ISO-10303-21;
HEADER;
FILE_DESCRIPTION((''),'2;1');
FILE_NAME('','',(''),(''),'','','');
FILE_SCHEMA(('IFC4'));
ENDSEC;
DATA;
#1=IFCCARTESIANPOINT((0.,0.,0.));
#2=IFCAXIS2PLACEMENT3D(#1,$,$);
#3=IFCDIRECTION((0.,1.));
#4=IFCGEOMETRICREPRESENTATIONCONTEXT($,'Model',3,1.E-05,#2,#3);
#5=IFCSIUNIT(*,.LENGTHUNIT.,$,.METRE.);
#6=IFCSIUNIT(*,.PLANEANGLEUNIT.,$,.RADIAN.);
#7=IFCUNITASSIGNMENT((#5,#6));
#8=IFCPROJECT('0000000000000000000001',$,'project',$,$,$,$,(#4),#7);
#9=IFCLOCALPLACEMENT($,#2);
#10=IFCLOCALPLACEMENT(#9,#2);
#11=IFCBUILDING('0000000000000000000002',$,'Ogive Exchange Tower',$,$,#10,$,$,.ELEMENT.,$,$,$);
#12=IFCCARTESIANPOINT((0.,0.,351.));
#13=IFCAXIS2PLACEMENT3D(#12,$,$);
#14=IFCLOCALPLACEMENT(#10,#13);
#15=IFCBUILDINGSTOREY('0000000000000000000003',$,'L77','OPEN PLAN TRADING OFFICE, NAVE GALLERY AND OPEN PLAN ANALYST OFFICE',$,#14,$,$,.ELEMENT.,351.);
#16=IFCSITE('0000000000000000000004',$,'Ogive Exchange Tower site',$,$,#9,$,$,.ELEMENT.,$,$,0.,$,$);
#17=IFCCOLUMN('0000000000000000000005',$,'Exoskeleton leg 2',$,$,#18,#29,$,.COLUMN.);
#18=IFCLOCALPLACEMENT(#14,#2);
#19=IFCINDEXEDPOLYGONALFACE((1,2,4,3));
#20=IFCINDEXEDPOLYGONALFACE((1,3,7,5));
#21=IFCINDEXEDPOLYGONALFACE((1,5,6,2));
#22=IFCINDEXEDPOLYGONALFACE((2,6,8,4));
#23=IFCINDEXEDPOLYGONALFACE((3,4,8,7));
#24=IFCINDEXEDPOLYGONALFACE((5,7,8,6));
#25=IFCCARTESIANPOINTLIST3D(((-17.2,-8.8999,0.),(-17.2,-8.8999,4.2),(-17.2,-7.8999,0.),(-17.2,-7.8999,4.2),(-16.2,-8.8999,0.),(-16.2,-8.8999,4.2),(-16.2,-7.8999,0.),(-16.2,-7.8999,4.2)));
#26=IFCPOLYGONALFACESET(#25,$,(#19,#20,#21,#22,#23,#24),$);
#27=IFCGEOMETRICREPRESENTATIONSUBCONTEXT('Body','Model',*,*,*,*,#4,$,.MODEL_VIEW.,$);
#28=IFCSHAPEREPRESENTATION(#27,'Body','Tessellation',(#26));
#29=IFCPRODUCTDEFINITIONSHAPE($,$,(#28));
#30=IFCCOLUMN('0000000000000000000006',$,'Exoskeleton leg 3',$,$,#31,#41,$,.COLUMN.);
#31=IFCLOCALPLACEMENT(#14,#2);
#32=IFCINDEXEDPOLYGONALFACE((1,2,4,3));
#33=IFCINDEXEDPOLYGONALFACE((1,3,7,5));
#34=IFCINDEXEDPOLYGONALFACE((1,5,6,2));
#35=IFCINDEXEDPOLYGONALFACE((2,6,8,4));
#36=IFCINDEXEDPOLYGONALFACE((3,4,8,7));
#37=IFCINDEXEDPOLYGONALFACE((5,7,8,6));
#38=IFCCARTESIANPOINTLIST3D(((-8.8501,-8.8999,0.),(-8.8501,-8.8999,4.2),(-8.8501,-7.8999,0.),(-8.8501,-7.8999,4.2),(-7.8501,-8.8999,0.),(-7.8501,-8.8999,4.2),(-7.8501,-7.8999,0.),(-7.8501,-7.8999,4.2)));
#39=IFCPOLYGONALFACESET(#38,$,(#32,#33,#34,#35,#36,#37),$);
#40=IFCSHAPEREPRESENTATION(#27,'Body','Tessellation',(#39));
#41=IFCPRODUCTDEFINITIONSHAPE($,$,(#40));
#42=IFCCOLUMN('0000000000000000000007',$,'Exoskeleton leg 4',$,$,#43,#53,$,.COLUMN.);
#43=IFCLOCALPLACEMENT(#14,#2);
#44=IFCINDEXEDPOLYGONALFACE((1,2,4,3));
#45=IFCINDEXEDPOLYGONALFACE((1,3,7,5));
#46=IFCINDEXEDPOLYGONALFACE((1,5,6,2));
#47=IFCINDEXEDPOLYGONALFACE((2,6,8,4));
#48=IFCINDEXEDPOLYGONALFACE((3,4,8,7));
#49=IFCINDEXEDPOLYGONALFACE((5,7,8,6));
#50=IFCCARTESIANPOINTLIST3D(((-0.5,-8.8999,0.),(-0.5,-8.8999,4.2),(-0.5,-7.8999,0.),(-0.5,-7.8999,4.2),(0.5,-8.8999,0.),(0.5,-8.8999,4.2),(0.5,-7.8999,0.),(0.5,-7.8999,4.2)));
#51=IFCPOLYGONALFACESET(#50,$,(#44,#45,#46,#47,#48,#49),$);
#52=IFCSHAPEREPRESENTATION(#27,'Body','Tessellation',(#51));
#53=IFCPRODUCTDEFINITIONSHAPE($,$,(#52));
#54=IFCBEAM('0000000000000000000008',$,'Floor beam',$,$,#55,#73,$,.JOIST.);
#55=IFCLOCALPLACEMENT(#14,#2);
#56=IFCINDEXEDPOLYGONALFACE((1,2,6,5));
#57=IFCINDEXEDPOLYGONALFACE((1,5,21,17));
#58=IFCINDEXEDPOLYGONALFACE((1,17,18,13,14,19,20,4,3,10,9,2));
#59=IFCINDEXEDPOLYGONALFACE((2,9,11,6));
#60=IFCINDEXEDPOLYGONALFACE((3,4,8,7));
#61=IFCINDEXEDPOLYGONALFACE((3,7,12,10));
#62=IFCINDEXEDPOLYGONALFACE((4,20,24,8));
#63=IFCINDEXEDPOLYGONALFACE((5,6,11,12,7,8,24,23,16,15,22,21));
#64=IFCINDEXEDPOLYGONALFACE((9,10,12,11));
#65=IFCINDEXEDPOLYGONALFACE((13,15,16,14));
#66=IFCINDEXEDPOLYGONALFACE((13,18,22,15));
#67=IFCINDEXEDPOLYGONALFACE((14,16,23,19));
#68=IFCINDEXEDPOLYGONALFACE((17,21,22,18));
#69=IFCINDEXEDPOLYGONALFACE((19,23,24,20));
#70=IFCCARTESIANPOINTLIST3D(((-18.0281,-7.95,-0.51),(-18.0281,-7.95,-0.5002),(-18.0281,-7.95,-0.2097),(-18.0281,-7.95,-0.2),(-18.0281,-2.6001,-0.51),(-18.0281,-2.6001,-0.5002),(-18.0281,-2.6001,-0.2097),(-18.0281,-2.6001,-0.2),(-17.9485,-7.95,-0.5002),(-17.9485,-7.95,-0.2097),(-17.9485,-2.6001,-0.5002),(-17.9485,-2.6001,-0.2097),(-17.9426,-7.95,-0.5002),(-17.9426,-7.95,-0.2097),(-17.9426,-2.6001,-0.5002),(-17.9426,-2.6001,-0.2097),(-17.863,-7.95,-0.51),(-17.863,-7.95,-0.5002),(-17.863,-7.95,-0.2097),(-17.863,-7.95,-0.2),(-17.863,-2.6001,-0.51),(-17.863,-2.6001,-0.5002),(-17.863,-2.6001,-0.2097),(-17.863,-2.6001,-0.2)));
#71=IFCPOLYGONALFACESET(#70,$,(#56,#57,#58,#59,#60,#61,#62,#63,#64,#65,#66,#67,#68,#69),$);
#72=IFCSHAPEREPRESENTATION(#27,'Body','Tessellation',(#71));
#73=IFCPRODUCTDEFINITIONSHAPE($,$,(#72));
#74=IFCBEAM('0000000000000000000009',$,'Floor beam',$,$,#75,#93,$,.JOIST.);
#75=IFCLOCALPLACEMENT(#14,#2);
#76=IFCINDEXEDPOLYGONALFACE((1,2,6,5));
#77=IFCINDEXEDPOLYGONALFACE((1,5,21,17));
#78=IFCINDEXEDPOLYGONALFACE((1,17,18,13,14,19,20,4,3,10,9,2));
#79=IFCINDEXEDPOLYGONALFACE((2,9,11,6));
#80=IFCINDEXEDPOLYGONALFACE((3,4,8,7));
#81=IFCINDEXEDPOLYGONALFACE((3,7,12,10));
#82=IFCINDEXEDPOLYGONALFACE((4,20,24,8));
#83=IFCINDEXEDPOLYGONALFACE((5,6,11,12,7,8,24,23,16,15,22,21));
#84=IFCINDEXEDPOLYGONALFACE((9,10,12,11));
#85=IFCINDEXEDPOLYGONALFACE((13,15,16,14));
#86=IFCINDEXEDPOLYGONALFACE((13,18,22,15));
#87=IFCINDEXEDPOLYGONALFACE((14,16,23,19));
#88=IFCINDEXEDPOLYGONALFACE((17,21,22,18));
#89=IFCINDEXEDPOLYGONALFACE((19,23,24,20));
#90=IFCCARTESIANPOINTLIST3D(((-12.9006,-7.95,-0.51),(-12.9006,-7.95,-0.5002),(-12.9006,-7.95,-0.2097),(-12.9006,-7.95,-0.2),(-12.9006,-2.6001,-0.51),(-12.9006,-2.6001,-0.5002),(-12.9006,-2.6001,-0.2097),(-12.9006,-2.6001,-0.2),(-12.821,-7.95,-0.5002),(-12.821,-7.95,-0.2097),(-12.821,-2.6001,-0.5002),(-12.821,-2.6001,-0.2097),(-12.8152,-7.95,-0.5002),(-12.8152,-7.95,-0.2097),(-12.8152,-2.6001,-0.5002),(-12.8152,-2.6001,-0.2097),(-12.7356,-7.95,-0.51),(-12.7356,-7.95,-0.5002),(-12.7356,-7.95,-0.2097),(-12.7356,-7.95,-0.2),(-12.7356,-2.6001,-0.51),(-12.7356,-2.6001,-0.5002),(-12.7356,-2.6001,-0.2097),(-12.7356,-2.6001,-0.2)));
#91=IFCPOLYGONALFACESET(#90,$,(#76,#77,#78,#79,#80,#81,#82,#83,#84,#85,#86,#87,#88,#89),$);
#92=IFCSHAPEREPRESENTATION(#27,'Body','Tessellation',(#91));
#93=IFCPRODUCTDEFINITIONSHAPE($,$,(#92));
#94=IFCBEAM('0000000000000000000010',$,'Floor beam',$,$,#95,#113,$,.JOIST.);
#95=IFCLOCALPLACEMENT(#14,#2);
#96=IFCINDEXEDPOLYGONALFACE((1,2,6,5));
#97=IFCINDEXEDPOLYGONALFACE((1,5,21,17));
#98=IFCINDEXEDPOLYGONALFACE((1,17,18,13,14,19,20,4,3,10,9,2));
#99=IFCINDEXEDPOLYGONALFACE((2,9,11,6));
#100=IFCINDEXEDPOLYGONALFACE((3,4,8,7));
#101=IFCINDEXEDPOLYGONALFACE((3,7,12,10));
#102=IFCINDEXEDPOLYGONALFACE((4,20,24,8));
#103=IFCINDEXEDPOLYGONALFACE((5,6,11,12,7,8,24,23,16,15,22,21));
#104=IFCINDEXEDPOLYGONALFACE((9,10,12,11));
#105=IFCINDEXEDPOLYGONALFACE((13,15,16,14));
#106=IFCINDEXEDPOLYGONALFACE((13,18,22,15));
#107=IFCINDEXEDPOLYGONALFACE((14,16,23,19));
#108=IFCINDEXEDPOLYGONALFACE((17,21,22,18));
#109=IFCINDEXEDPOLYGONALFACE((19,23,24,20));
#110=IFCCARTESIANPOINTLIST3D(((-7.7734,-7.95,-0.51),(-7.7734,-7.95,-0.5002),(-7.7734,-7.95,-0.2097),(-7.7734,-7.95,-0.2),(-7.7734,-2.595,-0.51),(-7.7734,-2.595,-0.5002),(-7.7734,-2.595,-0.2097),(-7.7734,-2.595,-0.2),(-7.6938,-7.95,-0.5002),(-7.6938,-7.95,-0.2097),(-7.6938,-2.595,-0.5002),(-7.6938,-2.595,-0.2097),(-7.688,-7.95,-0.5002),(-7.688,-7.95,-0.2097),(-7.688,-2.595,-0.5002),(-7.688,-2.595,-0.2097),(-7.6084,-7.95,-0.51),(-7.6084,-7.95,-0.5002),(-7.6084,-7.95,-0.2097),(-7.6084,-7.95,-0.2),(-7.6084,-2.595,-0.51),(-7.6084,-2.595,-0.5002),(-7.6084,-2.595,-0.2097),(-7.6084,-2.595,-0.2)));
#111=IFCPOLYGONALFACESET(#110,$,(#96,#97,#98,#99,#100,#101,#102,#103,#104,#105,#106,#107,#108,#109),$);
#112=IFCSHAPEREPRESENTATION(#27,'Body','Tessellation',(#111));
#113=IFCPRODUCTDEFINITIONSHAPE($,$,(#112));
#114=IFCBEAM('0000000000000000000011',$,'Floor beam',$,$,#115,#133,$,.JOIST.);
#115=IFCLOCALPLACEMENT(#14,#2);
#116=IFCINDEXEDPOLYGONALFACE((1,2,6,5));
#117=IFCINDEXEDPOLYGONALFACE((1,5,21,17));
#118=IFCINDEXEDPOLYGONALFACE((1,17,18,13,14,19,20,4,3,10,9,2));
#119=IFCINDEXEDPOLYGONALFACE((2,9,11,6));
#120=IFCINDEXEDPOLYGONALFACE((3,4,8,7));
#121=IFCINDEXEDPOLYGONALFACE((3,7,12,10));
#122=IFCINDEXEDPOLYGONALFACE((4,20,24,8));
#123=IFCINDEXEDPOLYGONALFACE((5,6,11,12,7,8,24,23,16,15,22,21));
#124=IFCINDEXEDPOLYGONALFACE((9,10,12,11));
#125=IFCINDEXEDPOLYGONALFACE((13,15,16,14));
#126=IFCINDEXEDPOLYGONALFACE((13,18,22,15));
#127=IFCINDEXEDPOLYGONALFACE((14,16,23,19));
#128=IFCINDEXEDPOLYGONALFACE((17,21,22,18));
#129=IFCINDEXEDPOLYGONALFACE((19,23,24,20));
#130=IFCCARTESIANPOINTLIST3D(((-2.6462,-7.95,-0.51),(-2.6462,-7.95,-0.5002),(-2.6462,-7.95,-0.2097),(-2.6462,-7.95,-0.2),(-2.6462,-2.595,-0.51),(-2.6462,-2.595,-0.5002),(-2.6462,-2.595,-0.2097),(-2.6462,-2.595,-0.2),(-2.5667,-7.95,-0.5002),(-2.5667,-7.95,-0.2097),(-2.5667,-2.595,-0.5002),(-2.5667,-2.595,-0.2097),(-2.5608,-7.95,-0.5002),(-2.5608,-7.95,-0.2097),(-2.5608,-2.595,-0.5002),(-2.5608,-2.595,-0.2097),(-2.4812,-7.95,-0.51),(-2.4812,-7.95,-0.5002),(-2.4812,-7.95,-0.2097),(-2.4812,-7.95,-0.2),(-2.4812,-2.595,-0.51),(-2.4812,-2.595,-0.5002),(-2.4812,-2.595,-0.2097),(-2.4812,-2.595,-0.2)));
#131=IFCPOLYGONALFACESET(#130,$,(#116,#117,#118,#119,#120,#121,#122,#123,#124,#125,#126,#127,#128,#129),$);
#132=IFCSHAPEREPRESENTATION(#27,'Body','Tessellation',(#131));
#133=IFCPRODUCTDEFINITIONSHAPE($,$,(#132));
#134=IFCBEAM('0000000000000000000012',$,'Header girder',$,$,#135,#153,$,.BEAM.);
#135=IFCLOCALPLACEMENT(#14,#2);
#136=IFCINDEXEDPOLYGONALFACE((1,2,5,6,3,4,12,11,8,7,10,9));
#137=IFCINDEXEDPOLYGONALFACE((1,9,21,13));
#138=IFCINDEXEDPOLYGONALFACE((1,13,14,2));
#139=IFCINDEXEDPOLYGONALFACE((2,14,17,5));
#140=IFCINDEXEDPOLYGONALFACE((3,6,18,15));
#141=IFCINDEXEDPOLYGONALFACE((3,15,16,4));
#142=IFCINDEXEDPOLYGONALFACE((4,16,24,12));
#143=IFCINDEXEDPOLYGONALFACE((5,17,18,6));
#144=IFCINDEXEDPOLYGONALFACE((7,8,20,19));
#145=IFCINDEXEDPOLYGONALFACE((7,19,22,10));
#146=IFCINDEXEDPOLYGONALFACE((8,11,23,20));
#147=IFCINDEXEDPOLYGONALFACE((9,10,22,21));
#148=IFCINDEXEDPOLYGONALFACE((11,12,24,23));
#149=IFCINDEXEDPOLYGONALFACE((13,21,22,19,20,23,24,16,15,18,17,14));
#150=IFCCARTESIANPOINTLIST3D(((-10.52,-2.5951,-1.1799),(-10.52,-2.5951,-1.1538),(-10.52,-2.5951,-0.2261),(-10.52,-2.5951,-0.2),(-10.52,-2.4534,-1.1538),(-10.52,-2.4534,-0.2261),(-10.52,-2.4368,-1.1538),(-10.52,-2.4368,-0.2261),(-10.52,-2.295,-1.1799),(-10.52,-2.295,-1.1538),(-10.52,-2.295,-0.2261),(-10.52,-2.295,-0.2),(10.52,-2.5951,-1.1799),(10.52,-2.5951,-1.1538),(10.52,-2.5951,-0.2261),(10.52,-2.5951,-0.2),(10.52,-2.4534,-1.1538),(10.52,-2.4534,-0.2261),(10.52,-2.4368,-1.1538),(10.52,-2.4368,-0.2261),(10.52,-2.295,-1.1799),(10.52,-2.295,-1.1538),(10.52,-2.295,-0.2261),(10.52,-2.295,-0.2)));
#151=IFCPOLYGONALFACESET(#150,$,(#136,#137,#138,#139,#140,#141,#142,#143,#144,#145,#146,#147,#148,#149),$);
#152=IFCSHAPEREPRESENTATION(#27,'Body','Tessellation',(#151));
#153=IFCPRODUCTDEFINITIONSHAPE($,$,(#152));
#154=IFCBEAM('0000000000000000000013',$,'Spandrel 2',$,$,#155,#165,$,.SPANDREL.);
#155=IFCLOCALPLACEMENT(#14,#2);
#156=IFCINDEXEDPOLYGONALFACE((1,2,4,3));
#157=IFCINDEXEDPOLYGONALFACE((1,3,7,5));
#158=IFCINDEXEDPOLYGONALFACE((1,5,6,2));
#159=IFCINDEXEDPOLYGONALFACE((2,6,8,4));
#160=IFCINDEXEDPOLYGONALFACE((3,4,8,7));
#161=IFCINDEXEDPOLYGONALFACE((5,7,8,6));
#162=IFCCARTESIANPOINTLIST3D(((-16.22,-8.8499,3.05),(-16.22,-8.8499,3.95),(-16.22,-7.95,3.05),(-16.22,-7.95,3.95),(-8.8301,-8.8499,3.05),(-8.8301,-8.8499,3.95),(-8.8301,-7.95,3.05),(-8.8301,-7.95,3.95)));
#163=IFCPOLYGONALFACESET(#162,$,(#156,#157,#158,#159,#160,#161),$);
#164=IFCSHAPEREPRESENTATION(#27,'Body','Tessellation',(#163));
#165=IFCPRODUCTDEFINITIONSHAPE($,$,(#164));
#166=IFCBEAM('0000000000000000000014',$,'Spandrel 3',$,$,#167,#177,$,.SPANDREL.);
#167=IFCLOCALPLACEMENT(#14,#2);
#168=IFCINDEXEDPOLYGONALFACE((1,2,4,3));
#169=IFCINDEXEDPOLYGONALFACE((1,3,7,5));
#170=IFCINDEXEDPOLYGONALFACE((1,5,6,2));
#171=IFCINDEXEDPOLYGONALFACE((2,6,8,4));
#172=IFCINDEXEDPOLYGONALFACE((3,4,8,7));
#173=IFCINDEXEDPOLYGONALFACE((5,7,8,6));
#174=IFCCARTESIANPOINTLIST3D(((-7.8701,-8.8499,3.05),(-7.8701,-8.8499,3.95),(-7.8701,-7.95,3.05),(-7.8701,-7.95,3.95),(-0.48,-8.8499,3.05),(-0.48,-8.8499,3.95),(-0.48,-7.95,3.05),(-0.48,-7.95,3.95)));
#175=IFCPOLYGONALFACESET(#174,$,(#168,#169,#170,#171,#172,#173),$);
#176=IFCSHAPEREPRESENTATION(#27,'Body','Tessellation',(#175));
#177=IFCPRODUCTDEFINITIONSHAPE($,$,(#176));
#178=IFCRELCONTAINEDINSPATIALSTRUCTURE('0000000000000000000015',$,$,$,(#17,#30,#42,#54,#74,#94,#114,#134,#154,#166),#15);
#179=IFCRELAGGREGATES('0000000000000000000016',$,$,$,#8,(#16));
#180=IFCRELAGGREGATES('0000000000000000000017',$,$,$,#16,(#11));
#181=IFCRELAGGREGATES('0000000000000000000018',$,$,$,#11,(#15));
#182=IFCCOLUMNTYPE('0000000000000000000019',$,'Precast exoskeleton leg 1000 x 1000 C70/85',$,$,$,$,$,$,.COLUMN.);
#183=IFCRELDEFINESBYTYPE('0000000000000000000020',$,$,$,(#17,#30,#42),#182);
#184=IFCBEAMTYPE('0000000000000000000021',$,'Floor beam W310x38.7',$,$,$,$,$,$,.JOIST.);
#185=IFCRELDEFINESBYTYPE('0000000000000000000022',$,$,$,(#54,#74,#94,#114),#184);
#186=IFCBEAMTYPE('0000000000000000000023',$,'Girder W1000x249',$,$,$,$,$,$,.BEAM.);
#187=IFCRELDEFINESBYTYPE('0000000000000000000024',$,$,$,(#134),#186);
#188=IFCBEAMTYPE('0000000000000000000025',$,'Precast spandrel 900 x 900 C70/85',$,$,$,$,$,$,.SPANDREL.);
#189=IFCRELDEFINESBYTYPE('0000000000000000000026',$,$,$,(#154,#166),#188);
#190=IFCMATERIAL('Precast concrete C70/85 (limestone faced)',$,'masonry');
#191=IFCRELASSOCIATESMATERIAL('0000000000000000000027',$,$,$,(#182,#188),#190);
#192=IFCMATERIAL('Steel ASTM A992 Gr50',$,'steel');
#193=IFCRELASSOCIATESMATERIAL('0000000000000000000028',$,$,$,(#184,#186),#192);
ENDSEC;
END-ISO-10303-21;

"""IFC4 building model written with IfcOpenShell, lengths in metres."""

from ifc_helpers import new_model, si_unit, direction, frame, origin, origin_2d, place, context, subcontext, project, spatial, rectangle, i_section, extrude, material, material_profile, profile_set, type_object, element, save


model = new_model("IFC4")

# Units and contexts
model_context = context("Model", 3, precision=1e-05, world=origin(), true_north=direction((0.0, 1.0)))
body_context = subcontext(model_context, "Body", "Model", "MODEL_VIEW")
ifc_project = project(units=[si_unit("LENGTHUNIT", "METRE"), si_unit("PLANEANGLEUNIT", "RADIAN")], contexts=[model_context])

# Site, building, storey
site_placement = place(None, origin())
site = spatial("IfcSite", under=ifc_project, at=site_placement, Name="Ogive Exchange Tower site", CompositionType="ELEMENT", RefElevation=0.0)
building_placement = place(site_placement, origin())
building = spatial("IfcBuilding", under=site, at=building_placement, Name="Ogive Exchange Tower", CompositionType="ELEMENT")
storey_placement = place(building_placement, frame((0.0, 0.0, 351.0)))
storey = spatial("IfcBuildingStorey", under=building, at=storey_placement, Name="L77", Description="OPEN PLAN TRADING OFFICE, NAVE GALLERY AND OPEN PLAN ANALYST OFFICE", CompositionType="ELEMENT", Elevation=351.0)

# Columns
ifc_material_1 = material(Name="Precast concrete C70/85 (limestone faced)", Category="masonry")
ifc_material_profile_1 = material_profile(ifc_material_1, rectangle(XDim=1.0, YDim=1.0, at=origin_2d()), Name="1000 x 1000")
ifc_profile_set_1 = profile_set([ifc_material_profile_1], Name="Precast concrete C70/85 (limestone faced)")
column_type = type_object("IfcColumnType", Name="Precast exoskeleton leg 1000 x 1000 C70/85", PredefinedType="COLUMN", material=ifc_profile_set_1)
for number, where, z_axis, x_axis, name in (
    (1, (-16.7, -8.3999, 0.0), (0.0, 0.0, 1.0), (1.0, 0.0, 0.0), "Exoskeleton leg 2"),
    (2, (-8.3501, -8.3999, 0.0), (0.0, 0.0, 1.0), (1.0, 0.0, 0.0), "Exoskeleton leg 3"),
    (3, (0.0, -8.3999, 0.0), (0.0, 0.0, 1.0), (1.0, 0.0, 0.0), "Exoskeleton leg 4"),
):
    element("IfcColumn", number, at=place(storey_placement, frame(where, z_axis=z_axis, x_axis=x_axis)), inside=storey, type_object=column_type, Name=name, PredefinedType="COLUMN", context=body_context, shape_type="SweptSolid", body=[
        extrude(rectangle(XDim=1.0, YDim=1.0, at=origin_2d()), origin(), (0.0, 0.0, 1.0), 4.2),
    ])

# Beams
ifc_material_2 = material(Name="Steel ASTM A992 Gr50", Category="steel")
ifc_material_profile_2 = material_profile(ifc_material_2, i_section(OverallWidth=0.165, OverallDepth=0.3101, WebThickness=0.0059, FlangeThickness=0.0098, at=origin_2d()), Name="W310x38.7")
ifc_profile_set_2 = profile_set([ifc_material_profile_2], Name="Steel ASTM A992 Gr50")
beam_type_1 = type_object("IfcBeamType", Name="Floor beam W310x38.7", PredefinedType="JOIST", material=ifc_profile_set_2)
for number, where, z_axis, x_axis, name in (
    (4, (-17.9456, -7.95, -0.355), (0.0, 1.0, 0.0), (-1.0, 0.0, 0.0), "Floor beam"),
    (5, (-12.8181, -7.95, -0.355), (0.0, 1.0, 0.0), (-1.0, 0.0, 0.0), "Floor beam"),
):
    element("IfcBeam", number, at=place(storey_placement, frame(where, z_axis=z_axis, x_axis=x_axis)), inside=storey, type_object=beam_type_1, Name=name, PredefinedType="JOIST", context=body_context, shape_type="SweptSolid", body=[
        extrude(i_section(OverallWidth=0.165, OverallDepth=0.3101, WebThickness=0.0059, FlangeThickness=0.0098, at=origin_2d()), origin(), (0.0, 0.0, 1.0), 5.3499),
    ])
for number, where, z_axis, x_axis, name in (
    (6, (-7.6909, -7.95, -0.355), (0.0, 1.0, 0.0), (-1.0, 0.0, 0.0), "Floor beam"),
    (7, (-2.5637, -7.95, -0.355), (0.0, 1.0, 0.0), (-1.0, 0.0, 0.0), "Floor beam"),
):
    element("IfcBeam", number, at=place(storey_placement, frame(where, z_axis=z_axis, x_axis=x_axis)), inside=storey, type_object=beam_type_1, Name=name, PredefinedType="JOIST", context=body_context, shape_type="SweptSolid", body=[
        extrude(i_section(OverallWidth=0.165, OverallDepth=0.3101, WebThickness=0.0059, FlangeThickness=0.0098, at=origin_2d()), origin(), (0.0, 0.0, 1.0), 5.355),
    ])
ifc_material_profile_3 = material_profile(ifc_material_2, i_section(OverallWidth=0.3, OverallDepth=0.98, WebThickness=0.0166, FlangeThickness=0.0261, at=origin_2d()), Name="W1000x249")
ifc_profile_set_3 = profile_set([ifc_material_profile_3], Name="Steel ASTM A992 Gr50")
beam_type_2 = type_object("IfcBeamType", Name="Girder W1000x249", PredefinedType="BEAM", material=ifc_profile_set_3)
beam_1_placement = place(storey_placement, frame((-10.52, -2.4451, -0.6899), z_axis=(1.0, 0.0, 0.0), x_axis=(0.0, 1.0, 0.0)))
element("IfcBeam", 8, at=beam_1_placement, inside=storey, type_object=beam_type_2, Name="Header girder", PredefinedType="BEAM", context=body_context, shape_type="SweptSolid", body=[
    extrude(i_section(OverallWidth=0.3, OverallDepth=0.98, WebThickness=0.0166, FlangeThickness=0.0261, at=origin_2d()), origin(), (0.0, 0.0, 1.0), 21.04),
])
ifc_material_profile_4 = material_profile(ifc_material_1, rectangle(XDim=0.8999, YDim=0.8999, at=origin_2d()), Name="900 x 900")
ifc_profile_set_4 = profile_set([ifc_material_profile_4], Name="Precast concrete C70/85 (limestone faced)")
beam_type_3 = type_object("IfcBeamType", Name="Precast spandrel 900 x 900 C70/85", PredefinedType="SPANDREL", material=ifc_profile_set_4)
beam_2_placement = place(storey_placement, frame((-16.22, -8.3999, 3.5), z_axis=(1.0, 0.0, 0.0), x_axis=(0.0, 1.0, 0.0)))
element("IfcBeam", 9, at=beam_2_placement, inside=storey, type_object=beam_type_3, Name="Spandrel 2", PredefinedType="SPANDREL", context=body_context, shape_type="SweptSolid", body=[
    extrude(rectangle(XDim=0.8999, YDim=0.8999, at=origin_2d()), origin(), (0.0, 0.0, 1.0), 7.3899),
])
beam_3_placement = place(storey_placement, frame((-7.8701, -8.3999, 3.5), z_axis=(1.0, 0.0, 0.0), x_axis=(0.0, 1.0, 0.0)))
element("IfcBeam", 10, at=beam_3_placement, inside=storey, type_object=beam_type_3, Name="Spandrel 3", PredefinedType="SPANDREL", context=body_context, shape_type="SweptSolid", body=[
    extrude(rectangle(XDim=0.8999, YDim=0.8999, at=origin_2d()), origin(), (0.0, 0.0, 1.0), 7.3901),
])

save(model, "model.ifc")
